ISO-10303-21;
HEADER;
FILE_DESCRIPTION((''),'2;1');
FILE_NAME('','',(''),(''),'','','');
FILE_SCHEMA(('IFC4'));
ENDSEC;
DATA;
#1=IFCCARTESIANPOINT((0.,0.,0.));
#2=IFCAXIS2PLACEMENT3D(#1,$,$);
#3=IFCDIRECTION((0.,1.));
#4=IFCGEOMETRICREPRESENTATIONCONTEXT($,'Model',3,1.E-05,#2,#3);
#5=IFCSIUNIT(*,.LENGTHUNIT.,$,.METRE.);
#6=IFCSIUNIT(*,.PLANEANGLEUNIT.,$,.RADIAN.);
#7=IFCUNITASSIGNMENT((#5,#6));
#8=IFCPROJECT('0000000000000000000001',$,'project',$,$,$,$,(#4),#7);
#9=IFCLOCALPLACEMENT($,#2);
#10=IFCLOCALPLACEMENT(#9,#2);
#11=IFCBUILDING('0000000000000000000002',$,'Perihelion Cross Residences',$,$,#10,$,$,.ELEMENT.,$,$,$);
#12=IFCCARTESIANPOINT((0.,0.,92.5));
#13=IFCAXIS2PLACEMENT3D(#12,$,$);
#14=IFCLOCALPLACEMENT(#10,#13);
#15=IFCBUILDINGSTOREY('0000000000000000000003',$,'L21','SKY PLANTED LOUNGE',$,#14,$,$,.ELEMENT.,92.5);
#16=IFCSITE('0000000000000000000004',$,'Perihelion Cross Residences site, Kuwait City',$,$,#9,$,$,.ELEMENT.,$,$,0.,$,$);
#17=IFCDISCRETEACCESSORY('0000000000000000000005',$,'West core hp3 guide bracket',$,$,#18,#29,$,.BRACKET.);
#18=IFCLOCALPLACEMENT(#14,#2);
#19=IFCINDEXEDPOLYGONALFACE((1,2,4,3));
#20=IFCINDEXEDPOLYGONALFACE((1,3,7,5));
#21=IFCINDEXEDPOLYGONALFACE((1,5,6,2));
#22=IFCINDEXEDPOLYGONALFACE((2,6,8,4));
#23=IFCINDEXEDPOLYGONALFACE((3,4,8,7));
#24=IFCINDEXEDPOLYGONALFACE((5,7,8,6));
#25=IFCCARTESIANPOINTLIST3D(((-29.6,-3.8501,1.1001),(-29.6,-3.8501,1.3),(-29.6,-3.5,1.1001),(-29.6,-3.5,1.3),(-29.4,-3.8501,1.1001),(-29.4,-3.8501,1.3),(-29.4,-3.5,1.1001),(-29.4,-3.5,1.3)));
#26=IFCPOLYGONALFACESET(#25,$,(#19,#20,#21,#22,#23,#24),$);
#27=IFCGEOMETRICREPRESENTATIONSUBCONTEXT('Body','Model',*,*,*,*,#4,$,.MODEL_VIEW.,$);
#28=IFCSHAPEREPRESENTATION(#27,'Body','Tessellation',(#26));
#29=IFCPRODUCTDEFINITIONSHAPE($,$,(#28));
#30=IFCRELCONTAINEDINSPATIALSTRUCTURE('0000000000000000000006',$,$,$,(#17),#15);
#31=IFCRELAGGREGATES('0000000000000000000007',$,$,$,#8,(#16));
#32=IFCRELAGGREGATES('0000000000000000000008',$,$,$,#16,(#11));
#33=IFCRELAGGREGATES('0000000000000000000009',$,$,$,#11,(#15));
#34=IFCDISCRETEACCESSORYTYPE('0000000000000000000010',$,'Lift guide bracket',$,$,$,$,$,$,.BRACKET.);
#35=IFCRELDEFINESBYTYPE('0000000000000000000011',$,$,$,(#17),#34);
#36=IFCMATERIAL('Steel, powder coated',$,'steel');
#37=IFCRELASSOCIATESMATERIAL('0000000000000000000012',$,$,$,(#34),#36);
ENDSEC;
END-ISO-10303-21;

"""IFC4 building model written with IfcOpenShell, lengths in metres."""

from ifc_helpers import new_model, si_unit, direction, frame, origin, origin_2d, place, context, subcontext, project, spatial, rectangle, extrude, material, type_object, element, save


model = new_model("IFC4")

# Units and contexts
model_context = context("Model", 3, precision=1e-05, world=origin(), true_north=direction((0.0, 1.0)))
body_context = subcontext(model_context, "Body", "Model", "MODEL_VIEW")
ifc_project = project(units=[si_unit("LENGTHUNIT", "METRE"), si_unit("PLANEANGLEUNIT", "RADIAN")], contexts=[model_context])

# Site, building, storey
site_placement = place(None, origin())
site = spatial("IfcSite", under=ifc_project, at=site_placement, Name="Perihelion Cross Residences site, Kuwait City", CompositionType="ELEMENT", RefElevation=0.0)
building_placement = place(site_placement, origin())
building = spatial("IfcBuilding", under=site, at=building_placement, Name="Perihelion Cross Residences", CompositionType="ELEMENT")
storey_placement = place(building_placement, frame((0.0, 0.0, 92.5)))
storey = spatial("IfcBuildingStorey", under=building, at=storey_placement, Name="L21", Description="SKY PLANTED LOUNGE", CompositionType="ELEMENT", Elevation=92.5)

# Discrete accessory
ifc_material_1 = material(Name="Steel, powder coated", Category="steel")
discrete_accessory_type = type_object("IfcDiscreteAccessoryType", Name="Lift guide bracket", PredefinedType="BRACKET", material=ifc_material_1)
discrete_accessory_placement = place(storey_placement, frame((-29.5, -3.675, 1.1001), z_axis=(0.0, 0.0, 1.0), x_axis=(1.0, 0.0, 0.0)))
element("IfcDiscreteAccessory", 1, at=discrete_accessory_placement, inside=storey, type_object=discrete_accessory_type, Name="West core hp3 guide bracket", PredefinedType="BRACKET", context=body_context, shape_type="SweptSolid", body=[
    extrude(rectangle(XDim=0.2, YDim=0.3501, at=origin_2d()), origin(), (0.0, 0.0, 1.0), 0.2),
])

save(model, "model.ifc")
